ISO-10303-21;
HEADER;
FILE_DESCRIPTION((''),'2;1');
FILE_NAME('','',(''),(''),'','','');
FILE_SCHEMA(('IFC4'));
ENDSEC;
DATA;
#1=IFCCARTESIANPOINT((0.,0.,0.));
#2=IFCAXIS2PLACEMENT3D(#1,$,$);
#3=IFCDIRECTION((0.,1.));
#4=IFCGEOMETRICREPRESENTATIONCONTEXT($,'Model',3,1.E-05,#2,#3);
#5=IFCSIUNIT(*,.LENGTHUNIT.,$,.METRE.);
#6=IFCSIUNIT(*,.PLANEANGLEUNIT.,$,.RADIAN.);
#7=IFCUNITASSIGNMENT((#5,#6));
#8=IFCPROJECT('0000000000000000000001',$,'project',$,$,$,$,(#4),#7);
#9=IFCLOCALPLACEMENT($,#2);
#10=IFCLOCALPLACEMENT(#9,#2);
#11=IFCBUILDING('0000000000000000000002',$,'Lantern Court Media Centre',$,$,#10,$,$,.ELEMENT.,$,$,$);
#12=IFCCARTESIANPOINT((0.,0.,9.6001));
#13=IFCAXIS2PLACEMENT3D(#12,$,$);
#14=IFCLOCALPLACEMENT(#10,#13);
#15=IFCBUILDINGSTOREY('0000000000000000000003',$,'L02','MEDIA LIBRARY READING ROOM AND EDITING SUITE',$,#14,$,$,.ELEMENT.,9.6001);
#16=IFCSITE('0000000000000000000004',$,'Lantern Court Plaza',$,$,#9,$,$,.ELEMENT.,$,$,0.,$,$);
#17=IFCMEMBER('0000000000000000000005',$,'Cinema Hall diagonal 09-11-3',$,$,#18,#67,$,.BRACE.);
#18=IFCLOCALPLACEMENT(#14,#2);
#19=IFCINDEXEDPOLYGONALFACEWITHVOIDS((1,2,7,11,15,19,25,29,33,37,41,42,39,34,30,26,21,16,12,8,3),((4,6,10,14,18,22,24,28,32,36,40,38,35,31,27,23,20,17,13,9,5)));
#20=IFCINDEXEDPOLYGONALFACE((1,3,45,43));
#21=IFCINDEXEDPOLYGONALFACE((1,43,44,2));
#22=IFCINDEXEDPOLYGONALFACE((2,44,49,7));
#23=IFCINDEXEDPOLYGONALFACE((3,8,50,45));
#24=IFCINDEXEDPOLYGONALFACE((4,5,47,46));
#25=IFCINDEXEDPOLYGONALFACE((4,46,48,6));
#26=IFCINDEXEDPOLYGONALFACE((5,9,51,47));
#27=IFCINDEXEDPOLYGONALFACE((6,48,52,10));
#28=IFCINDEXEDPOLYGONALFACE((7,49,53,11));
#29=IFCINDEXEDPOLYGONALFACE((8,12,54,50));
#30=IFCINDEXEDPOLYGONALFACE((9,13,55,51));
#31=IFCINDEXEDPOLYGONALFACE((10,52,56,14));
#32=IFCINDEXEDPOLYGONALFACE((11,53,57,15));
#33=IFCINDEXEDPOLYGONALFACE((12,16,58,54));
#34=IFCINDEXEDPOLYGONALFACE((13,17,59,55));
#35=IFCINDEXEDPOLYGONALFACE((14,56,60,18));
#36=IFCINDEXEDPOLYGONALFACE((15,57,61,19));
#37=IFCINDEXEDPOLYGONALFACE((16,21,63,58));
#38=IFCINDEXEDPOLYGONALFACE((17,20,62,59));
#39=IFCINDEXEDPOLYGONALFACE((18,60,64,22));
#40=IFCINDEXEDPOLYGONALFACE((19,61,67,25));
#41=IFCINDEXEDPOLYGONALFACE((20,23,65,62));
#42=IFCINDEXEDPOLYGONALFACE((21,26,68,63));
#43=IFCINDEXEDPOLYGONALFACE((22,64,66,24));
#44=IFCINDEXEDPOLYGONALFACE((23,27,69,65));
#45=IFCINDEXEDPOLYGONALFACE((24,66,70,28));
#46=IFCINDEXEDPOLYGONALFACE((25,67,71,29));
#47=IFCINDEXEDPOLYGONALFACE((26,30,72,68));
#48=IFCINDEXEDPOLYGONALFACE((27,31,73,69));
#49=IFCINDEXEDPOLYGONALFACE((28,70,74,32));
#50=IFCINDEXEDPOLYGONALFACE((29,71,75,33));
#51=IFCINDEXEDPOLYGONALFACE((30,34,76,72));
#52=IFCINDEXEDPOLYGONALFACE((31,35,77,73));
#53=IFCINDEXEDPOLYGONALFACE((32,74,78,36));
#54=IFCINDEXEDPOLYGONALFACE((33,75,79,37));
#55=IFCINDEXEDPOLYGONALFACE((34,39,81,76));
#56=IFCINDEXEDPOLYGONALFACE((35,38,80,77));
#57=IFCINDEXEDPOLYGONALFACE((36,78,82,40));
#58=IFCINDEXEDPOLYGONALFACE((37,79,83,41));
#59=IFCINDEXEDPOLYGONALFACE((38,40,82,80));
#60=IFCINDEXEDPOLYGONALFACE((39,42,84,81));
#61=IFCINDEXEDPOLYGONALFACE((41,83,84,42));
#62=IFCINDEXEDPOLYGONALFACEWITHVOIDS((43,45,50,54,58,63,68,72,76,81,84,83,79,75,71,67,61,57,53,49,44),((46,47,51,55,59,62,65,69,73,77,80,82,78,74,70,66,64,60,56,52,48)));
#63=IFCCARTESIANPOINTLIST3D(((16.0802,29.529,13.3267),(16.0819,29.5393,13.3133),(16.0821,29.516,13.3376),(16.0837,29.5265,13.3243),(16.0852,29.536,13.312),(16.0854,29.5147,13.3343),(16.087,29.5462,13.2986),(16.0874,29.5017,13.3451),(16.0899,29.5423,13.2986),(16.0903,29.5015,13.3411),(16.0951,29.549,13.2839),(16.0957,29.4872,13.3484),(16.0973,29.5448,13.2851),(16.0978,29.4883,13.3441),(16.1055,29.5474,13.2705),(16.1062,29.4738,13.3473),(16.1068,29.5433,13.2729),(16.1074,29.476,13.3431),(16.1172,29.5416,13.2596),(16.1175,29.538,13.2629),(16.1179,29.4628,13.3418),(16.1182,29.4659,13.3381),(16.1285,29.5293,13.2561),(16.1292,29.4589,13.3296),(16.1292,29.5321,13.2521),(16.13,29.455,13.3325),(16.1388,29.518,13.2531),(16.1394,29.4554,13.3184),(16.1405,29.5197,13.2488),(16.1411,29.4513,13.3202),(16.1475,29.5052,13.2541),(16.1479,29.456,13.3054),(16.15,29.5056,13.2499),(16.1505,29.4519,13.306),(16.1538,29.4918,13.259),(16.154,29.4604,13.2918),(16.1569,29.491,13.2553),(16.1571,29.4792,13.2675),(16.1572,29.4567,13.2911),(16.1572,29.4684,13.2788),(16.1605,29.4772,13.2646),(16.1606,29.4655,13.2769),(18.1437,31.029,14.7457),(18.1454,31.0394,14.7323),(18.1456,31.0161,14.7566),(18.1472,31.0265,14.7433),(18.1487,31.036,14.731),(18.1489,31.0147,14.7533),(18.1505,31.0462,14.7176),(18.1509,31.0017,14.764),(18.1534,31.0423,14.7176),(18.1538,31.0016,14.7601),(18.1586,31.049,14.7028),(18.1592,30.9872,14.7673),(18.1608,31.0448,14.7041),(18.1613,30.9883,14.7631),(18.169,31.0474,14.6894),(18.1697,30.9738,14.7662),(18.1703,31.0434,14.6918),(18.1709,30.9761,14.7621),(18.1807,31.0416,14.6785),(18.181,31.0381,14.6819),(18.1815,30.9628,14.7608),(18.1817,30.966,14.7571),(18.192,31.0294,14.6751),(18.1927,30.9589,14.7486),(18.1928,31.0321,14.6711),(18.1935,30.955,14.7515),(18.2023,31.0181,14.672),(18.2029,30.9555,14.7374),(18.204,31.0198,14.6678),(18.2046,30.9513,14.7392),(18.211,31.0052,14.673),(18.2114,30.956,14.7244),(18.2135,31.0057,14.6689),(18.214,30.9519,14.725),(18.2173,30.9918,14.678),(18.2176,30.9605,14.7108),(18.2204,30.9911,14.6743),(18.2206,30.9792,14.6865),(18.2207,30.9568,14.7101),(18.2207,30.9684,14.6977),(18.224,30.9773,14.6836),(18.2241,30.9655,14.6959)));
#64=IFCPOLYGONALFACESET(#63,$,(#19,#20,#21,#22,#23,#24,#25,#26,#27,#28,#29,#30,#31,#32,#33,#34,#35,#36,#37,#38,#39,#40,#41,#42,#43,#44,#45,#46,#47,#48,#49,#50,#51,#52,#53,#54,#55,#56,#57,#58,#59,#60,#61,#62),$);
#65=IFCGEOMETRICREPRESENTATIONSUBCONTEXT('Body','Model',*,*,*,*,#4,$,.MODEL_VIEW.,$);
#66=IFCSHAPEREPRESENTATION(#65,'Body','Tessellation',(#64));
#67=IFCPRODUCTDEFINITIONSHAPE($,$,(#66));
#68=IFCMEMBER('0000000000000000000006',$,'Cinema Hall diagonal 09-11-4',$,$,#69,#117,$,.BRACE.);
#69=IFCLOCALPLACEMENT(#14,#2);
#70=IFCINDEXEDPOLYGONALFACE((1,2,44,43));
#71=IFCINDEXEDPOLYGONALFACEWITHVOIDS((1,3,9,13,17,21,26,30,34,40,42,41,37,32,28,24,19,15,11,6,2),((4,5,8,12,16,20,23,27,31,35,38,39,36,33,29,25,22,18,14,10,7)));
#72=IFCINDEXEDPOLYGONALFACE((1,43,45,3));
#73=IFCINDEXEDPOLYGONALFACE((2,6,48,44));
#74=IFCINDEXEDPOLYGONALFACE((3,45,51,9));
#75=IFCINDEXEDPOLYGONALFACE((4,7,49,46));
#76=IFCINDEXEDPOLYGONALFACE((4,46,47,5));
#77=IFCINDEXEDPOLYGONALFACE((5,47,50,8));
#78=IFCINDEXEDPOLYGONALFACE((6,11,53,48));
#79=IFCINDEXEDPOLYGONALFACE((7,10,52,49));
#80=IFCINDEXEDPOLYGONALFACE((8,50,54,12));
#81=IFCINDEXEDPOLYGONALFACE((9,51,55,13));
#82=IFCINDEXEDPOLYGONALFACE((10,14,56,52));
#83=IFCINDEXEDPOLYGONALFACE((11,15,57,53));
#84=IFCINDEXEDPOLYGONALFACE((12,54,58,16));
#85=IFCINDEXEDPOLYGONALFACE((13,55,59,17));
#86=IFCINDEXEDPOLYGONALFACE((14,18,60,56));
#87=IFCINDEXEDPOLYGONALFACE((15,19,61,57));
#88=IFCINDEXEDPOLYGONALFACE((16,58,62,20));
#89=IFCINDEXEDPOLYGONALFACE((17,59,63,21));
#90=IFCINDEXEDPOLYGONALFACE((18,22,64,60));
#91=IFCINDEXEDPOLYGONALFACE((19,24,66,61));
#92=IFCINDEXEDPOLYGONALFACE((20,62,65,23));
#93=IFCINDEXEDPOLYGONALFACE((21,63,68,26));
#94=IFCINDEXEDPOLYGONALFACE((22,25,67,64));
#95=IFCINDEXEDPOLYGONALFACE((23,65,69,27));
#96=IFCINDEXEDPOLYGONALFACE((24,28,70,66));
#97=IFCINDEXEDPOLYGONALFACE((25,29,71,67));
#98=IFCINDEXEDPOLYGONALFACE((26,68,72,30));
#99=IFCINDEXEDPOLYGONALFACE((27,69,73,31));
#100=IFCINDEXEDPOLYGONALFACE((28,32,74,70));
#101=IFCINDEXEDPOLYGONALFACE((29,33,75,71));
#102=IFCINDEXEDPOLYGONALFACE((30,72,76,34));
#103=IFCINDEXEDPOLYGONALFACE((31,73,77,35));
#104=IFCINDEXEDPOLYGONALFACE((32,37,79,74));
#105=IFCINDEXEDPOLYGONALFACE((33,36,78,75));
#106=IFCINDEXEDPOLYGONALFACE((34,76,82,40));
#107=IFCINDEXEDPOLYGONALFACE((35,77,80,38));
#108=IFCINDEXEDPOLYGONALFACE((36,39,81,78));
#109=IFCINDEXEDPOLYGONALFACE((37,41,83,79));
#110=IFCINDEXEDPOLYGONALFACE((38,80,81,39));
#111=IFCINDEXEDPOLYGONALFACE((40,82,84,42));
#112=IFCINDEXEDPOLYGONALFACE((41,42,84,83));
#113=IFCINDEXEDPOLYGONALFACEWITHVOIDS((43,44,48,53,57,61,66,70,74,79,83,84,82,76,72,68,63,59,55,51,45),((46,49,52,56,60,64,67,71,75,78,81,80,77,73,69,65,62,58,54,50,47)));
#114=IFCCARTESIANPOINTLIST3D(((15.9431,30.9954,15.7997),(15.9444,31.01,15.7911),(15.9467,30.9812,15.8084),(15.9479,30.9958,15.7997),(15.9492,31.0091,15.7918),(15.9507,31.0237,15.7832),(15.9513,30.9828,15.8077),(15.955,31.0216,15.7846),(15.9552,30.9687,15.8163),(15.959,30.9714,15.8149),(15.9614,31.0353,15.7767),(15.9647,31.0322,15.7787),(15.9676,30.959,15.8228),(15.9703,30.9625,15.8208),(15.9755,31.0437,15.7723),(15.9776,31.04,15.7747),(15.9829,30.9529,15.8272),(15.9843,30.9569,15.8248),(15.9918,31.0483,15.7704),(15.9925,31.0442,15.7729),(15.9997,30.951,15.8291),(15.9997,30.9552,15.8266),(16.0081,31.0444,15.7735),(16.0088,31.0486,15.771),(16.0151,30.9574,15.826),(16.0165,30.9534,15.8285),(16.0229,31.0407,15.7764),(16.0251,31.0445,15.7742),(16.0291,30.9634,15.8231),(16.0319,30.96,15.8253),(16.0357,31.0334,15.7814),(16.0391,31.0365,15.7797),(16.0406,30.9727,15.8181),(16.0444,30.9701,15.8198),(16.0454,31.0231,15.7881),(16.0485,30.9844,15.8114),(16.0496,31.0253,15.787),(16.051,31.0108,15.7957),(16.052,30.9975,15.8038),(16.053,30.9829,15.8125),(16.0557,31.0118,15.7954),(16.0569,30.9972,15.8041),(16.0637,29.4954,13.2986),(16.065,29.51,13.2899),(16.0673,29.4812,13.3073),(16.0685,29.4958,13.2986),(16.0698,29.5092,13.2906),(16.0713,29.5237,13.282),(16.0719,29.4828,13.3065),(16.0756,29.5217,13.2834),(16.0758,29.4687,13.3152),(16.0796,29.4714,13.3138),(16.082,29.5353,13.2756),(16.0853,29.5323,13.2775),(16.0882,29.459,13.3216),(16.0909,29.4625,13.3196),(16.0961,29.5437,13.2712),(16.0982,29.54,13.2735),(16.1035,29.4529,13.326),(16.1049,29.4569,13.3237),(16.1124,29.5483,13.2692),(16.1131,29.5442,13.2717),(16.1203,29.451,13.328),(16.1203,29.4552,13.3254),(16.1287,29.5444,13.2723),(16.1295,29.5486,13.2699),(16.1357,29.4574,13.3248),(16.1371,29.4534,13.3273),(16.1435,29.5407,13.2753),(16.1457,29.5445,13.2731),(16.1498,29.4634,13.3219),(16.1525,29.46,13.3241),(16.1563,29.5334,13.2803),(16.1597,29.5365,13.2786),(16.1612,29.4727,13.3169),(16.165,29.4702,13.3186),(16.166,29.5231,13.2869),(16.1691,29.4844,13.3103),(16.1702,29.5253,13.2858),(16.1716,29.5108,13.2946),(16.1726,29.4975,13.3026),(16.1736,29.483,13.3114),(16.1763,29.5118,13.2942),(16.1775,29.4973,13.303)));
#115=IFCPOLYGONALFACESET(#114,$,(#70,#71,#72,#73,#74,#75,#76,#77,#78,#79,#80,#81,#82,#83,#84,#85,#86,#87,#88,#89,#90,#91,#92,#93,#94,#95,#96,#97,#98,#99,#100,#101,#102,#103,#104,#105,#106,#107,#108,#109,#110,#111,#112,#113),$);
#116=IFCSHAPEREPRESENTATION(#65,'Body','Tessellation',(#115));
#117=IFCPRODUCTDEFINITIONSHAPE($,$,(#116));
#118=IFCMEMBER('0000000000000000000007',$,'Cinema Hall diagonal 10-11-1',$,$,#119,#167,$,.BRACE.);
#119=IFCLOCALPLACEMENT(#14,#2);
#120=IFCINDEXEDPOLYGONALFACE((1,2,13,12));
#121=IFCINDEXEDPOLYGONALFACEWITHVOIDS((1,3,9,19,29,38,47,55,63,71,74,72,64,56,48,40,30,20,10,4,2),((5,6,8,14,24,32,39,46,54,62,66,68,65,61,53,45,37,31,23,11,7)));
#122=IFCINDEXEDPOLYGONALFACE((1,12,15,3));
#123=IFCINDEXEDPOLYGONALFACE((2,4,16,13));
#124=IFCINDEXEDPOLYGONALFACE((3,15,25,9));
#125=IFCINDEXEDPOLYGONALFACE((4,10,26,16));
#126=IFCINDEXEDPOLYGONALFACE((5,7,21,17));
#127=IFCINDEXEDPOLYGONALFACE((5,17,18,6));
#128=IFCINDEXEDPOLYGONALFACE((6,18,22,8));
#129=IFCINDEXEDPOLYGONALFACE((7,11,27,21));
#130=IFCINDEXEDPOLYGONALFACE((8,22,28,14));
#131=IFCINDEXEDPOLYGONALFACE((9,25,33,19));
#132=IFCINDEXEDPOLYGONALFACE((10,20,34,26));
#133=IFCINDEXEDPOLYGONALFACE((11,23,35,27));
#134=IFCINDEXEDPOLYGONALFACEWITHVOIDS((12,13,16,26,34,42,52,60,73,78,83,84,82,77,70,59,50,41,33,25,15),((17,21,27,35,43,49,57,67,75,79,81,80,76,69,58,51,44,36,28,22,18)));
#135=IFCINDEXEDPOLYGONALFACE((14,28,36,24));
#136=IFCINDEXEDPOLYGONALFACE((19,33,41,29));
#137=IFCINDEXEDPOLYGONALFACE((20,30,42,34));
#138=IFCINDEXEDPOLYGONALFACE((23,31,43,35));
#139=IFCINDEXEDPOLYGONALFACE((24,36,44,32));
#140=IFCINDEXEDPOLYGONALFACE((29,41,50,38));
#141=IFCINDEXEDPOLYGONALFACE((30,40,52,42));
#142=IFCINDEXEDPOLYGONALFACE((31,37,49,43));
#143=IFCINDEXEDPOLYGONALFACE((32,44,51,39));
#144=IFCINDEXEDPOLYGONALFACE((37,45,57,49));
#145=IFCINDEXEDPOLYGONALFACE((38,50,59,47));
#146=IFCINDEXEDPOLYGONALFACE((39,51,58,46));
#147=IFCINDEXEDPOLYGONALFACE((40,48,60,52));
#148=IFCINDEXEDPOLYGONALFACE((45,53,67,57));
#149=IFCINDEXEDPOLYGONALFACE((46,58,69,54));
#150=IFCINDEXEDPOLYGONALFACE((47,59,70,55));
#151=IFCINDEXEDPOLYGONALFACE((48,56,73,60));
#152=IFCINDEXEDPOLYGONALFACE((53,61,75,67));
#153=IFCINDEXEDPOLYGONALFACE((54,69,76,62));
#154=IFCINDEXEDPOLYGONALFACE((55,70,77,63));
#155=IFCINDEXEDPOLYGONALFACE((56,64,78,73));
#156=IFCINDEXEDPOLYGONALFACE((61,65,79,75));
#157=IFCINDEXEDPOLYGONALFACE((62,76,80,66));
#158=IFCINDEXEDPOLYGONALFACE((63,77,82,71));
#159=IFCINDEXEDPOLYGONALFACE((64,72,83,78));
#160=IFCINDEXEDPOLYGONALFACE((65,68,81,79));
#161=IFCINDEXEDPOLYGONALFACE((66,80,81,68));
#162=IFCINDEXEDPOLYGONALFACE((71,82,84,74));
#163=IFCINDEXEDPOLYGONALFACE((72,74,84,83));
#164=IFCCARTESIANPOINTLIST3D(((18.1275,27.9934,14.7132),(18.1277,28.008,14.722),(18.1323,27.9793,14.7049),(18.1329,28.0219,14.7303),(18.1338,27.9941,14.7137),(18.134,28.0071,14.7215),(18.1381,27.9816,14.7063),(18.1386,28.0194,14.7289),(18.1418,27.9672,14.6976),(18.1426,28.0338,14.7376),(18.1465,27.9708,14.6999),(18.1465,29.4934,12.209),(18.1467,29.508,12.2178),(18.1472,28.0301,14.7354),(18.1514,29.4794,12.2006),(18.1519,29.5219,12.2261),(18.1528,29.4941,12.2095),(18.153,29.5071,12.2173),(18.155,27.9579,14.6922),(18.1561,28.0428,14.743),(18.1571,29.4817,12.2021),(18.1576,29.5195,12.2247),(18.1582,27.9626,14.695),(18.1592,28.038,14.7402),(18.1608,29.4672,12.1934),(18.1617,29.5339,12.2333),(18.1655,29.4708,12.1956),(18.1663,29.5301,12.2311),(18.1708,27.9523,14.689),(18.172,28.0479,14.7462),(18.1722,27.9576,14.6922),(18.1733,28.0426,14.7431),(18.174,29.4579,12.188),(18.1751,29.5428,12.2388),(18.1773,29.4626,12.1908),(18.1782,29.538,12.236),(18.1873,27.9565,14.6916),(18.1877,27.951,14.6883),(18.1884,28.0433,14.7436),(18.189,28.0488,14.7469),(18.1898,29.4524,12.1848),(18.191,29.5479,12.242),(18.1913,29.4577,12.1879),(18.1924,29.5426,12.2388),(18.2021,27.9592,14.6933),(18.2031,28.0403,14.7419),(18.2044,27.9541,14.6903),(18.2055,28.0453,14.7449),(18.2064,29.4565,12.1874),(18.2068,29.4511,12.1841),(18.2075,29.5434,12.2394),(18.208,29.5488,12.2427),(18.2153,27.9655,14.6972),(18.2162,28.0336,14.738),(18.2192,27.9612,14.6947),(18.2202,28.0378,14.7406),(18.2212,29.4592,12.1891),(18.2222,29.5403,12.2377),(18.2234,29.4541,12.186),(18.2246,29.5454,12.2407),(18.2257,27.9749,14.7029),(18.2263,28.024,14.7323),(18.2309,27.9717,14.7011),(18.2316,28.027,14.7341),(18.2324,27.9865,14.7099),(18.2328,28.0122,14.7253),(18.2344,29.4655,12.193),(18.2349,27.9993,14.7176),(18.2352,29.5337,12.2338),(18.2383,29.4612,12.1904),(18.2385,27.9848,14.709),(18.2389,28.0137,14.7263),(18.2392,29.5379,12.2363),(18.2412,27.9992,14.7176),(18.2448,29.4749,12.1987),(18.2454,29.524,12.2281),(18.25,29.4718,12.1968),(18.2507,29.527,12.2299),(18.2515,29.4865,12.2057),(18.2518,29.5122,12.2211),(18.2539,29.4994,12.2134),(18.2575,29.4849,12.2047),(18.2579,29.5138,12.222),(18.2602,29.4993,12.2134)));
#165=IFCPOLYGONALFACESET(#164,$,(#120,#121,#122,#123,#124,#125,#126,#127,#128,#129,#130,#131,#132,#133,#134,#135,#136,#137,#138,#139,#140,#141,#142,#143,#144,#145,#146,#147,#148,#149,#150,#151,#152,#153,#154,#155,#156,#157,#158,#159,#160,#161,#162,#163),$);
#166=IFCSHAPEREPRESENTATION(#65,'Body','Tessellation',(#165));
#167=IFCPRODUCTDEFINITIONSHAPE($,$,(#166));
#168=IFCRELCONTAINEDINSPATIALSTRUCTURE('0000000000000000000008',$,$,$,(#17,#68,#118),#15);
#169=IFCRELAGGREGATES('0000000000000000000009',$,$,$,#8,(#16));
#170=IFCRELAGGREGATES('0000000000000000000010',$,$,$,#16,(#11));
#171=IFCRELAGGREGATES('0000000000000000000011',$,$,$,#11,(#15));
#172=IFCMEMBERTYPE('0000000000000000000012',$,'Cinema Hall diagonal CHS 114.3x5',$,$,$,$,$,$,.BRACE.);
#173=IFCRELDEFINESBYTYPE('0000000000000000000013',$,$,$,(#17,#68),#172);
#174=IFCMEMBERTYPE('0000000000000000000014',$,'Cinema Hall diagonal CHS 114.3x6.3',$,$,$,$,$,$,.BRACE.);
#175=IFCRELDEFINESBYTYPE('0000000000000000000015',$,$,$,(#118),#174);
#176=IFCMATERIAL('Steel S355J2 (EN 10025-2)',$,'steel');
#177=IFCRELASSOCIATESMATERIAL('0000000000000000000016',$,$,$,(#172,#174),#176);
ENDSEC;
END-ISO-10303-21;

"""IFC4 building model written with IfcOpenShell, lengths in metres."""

from ifc_helpers import new_model, si_unit, direction, frame, origin, origin_2d, place, context, subcontext, project, spatial, hollow_circle, extrude, material, material_profile, profile_set, type_object, element, save


model = new_model("IFC4")

# Units and contexts
model_context = context("Model", 3, precision=1e-05, world=origin(), true_north=direction((0.0, 1.0)))
body_context = subcontext(model_context, "Body", "Model", "MODEL_VIEW")
ifc_project = project(units=[si_unit("LENGTHUNIT", "METRE"), si_unit("PLANEANGLEUNIT", "RADIAN")], contexts=[model_context])

# Site, building, storey
site_placement = place(None, origin())
site = spatial("IfcSite", under=ifc_project, at=site_placement, Name="Lantern Court Plaza", CompositionType="ELEMENT", RefElevation=0.0)
building_placement = place(site_placement, origin())
building = spatial("IfcBuilding", under=site, at=building_placement, Name="Lantern Court Media Centre", CompositionType="ELEMENT")
storey_placement = place(building_placement, frame((0.0, 0.0, 9.6001)))
storey = spatial("IfcBuildingStorey", under=building, at=storey_placement, Name="L02", Description="MEDIA LIBRARY READING ROOM AND EDITING SUITE", CompositionType="ELEMENT", Elevation=9.6001)

# Members
ifc_material = material(Name="Steel S355J2 (EN 10025-2)", Category="steel")
ifc_material_profile_1 = material_profile(ifc_material, hollow_circle(Radius=0.0571, WallThickness=0.0049, at=origin_2d()), Name="Cinema Hall diagonal CHS 114.3x5")
ifc_profile_set_1 = profile_set([ifc_material_profile_1], Name="Steel S355J2 (EN 10025-2)")
member_type_1 = type_object("IfcMemberType", Name="Cinema Hall diagonal CHS 114.3x5", PredefinedType="BRACE", material=ifc_profile_set_1)
for number, where, z_axis, x_axis, name in (
    (1, (16.1206, 29.5, 13.2986), (0.70688, 0.513851, 0.486084), (-0.58799, 0.808868, 0.0), "Cinema Hall diagonal 09-11-3"),
):
    element("IfcMember", number, at=place(storey_placement, frame(where, z_axis=z_axis, x_axis=x_axis)), inside=storey, type_object=member_type_1, Name=name, PredefinedType="BRACE", context=body_context, shape_type="SweptSolid", body=[
        extrude(hollow_circle(Radius=0.0571, WallThickness=0.0049, at=origin_2d()), origin(), (0.0, 0.0, 1.0), 2.9192),
    ])
member_1_placement = place(storey_placement, frame((16.1206, 29.5, 13.2986), z_axis=(-0.041317, 0.513872, 0.856871), x_axis=(-0.996783, -0.080145, 0.0)))
element("IfcMember", 2, at=member_1_placement, inside=storey, type_object=member_type_1, Name="Cinema Hall diagonal 09-11-4", PredefinedType="BRACE", context=body_context, shape_type="SweptSolid", body=[
    extrude(hollow_circle(Radius=0.0571, WallThickness=0.0049, at=origin_2d()), origin(), (0.0, 0.0, 1.0), 2.9189),
])
ifc_material_profile_2 = material_profile(ifc_material, hollow_circle(Radius=0.0571, WallThickness=0.0063, at=origin_2d()), Name="Cinema Hall diagonal CHS 114.3x6.3")
ifc_profile_set_2 = profile_set([ifc_material_profile_2], Name="Steel S355J2 (EN 10025-2)")
member_type_2 = type_object("IfcMemberType", Name="Cinema Hall diagonal CHS 114.3x6.3", PredefinedType="BRACE", material=ifc_profile_set_2)
member_2_placement = place(storey_placement, frame((18.2031, 29.5, 12.2134), z_axis=(-0.006524, -0.513857, 0.857851), x_axis=(0.999919, -0.012694, 0.0)))
element("IfcMember", 3, at=member_2_placement, inside=storey, type_object=member_type_2, Name="Cinema Hall diagonal 10-11-1", PredefinedType="BRACE", context=body_context, shape_type="SweptSolid", body=[
    extrude(hollow_circle(Radius=0.0571, WallThickness=0.0063, at=origin_2d()), origin(), (0.0, 0.0, 1.0), 2.9192),
])

save(model, "model.ifc")
